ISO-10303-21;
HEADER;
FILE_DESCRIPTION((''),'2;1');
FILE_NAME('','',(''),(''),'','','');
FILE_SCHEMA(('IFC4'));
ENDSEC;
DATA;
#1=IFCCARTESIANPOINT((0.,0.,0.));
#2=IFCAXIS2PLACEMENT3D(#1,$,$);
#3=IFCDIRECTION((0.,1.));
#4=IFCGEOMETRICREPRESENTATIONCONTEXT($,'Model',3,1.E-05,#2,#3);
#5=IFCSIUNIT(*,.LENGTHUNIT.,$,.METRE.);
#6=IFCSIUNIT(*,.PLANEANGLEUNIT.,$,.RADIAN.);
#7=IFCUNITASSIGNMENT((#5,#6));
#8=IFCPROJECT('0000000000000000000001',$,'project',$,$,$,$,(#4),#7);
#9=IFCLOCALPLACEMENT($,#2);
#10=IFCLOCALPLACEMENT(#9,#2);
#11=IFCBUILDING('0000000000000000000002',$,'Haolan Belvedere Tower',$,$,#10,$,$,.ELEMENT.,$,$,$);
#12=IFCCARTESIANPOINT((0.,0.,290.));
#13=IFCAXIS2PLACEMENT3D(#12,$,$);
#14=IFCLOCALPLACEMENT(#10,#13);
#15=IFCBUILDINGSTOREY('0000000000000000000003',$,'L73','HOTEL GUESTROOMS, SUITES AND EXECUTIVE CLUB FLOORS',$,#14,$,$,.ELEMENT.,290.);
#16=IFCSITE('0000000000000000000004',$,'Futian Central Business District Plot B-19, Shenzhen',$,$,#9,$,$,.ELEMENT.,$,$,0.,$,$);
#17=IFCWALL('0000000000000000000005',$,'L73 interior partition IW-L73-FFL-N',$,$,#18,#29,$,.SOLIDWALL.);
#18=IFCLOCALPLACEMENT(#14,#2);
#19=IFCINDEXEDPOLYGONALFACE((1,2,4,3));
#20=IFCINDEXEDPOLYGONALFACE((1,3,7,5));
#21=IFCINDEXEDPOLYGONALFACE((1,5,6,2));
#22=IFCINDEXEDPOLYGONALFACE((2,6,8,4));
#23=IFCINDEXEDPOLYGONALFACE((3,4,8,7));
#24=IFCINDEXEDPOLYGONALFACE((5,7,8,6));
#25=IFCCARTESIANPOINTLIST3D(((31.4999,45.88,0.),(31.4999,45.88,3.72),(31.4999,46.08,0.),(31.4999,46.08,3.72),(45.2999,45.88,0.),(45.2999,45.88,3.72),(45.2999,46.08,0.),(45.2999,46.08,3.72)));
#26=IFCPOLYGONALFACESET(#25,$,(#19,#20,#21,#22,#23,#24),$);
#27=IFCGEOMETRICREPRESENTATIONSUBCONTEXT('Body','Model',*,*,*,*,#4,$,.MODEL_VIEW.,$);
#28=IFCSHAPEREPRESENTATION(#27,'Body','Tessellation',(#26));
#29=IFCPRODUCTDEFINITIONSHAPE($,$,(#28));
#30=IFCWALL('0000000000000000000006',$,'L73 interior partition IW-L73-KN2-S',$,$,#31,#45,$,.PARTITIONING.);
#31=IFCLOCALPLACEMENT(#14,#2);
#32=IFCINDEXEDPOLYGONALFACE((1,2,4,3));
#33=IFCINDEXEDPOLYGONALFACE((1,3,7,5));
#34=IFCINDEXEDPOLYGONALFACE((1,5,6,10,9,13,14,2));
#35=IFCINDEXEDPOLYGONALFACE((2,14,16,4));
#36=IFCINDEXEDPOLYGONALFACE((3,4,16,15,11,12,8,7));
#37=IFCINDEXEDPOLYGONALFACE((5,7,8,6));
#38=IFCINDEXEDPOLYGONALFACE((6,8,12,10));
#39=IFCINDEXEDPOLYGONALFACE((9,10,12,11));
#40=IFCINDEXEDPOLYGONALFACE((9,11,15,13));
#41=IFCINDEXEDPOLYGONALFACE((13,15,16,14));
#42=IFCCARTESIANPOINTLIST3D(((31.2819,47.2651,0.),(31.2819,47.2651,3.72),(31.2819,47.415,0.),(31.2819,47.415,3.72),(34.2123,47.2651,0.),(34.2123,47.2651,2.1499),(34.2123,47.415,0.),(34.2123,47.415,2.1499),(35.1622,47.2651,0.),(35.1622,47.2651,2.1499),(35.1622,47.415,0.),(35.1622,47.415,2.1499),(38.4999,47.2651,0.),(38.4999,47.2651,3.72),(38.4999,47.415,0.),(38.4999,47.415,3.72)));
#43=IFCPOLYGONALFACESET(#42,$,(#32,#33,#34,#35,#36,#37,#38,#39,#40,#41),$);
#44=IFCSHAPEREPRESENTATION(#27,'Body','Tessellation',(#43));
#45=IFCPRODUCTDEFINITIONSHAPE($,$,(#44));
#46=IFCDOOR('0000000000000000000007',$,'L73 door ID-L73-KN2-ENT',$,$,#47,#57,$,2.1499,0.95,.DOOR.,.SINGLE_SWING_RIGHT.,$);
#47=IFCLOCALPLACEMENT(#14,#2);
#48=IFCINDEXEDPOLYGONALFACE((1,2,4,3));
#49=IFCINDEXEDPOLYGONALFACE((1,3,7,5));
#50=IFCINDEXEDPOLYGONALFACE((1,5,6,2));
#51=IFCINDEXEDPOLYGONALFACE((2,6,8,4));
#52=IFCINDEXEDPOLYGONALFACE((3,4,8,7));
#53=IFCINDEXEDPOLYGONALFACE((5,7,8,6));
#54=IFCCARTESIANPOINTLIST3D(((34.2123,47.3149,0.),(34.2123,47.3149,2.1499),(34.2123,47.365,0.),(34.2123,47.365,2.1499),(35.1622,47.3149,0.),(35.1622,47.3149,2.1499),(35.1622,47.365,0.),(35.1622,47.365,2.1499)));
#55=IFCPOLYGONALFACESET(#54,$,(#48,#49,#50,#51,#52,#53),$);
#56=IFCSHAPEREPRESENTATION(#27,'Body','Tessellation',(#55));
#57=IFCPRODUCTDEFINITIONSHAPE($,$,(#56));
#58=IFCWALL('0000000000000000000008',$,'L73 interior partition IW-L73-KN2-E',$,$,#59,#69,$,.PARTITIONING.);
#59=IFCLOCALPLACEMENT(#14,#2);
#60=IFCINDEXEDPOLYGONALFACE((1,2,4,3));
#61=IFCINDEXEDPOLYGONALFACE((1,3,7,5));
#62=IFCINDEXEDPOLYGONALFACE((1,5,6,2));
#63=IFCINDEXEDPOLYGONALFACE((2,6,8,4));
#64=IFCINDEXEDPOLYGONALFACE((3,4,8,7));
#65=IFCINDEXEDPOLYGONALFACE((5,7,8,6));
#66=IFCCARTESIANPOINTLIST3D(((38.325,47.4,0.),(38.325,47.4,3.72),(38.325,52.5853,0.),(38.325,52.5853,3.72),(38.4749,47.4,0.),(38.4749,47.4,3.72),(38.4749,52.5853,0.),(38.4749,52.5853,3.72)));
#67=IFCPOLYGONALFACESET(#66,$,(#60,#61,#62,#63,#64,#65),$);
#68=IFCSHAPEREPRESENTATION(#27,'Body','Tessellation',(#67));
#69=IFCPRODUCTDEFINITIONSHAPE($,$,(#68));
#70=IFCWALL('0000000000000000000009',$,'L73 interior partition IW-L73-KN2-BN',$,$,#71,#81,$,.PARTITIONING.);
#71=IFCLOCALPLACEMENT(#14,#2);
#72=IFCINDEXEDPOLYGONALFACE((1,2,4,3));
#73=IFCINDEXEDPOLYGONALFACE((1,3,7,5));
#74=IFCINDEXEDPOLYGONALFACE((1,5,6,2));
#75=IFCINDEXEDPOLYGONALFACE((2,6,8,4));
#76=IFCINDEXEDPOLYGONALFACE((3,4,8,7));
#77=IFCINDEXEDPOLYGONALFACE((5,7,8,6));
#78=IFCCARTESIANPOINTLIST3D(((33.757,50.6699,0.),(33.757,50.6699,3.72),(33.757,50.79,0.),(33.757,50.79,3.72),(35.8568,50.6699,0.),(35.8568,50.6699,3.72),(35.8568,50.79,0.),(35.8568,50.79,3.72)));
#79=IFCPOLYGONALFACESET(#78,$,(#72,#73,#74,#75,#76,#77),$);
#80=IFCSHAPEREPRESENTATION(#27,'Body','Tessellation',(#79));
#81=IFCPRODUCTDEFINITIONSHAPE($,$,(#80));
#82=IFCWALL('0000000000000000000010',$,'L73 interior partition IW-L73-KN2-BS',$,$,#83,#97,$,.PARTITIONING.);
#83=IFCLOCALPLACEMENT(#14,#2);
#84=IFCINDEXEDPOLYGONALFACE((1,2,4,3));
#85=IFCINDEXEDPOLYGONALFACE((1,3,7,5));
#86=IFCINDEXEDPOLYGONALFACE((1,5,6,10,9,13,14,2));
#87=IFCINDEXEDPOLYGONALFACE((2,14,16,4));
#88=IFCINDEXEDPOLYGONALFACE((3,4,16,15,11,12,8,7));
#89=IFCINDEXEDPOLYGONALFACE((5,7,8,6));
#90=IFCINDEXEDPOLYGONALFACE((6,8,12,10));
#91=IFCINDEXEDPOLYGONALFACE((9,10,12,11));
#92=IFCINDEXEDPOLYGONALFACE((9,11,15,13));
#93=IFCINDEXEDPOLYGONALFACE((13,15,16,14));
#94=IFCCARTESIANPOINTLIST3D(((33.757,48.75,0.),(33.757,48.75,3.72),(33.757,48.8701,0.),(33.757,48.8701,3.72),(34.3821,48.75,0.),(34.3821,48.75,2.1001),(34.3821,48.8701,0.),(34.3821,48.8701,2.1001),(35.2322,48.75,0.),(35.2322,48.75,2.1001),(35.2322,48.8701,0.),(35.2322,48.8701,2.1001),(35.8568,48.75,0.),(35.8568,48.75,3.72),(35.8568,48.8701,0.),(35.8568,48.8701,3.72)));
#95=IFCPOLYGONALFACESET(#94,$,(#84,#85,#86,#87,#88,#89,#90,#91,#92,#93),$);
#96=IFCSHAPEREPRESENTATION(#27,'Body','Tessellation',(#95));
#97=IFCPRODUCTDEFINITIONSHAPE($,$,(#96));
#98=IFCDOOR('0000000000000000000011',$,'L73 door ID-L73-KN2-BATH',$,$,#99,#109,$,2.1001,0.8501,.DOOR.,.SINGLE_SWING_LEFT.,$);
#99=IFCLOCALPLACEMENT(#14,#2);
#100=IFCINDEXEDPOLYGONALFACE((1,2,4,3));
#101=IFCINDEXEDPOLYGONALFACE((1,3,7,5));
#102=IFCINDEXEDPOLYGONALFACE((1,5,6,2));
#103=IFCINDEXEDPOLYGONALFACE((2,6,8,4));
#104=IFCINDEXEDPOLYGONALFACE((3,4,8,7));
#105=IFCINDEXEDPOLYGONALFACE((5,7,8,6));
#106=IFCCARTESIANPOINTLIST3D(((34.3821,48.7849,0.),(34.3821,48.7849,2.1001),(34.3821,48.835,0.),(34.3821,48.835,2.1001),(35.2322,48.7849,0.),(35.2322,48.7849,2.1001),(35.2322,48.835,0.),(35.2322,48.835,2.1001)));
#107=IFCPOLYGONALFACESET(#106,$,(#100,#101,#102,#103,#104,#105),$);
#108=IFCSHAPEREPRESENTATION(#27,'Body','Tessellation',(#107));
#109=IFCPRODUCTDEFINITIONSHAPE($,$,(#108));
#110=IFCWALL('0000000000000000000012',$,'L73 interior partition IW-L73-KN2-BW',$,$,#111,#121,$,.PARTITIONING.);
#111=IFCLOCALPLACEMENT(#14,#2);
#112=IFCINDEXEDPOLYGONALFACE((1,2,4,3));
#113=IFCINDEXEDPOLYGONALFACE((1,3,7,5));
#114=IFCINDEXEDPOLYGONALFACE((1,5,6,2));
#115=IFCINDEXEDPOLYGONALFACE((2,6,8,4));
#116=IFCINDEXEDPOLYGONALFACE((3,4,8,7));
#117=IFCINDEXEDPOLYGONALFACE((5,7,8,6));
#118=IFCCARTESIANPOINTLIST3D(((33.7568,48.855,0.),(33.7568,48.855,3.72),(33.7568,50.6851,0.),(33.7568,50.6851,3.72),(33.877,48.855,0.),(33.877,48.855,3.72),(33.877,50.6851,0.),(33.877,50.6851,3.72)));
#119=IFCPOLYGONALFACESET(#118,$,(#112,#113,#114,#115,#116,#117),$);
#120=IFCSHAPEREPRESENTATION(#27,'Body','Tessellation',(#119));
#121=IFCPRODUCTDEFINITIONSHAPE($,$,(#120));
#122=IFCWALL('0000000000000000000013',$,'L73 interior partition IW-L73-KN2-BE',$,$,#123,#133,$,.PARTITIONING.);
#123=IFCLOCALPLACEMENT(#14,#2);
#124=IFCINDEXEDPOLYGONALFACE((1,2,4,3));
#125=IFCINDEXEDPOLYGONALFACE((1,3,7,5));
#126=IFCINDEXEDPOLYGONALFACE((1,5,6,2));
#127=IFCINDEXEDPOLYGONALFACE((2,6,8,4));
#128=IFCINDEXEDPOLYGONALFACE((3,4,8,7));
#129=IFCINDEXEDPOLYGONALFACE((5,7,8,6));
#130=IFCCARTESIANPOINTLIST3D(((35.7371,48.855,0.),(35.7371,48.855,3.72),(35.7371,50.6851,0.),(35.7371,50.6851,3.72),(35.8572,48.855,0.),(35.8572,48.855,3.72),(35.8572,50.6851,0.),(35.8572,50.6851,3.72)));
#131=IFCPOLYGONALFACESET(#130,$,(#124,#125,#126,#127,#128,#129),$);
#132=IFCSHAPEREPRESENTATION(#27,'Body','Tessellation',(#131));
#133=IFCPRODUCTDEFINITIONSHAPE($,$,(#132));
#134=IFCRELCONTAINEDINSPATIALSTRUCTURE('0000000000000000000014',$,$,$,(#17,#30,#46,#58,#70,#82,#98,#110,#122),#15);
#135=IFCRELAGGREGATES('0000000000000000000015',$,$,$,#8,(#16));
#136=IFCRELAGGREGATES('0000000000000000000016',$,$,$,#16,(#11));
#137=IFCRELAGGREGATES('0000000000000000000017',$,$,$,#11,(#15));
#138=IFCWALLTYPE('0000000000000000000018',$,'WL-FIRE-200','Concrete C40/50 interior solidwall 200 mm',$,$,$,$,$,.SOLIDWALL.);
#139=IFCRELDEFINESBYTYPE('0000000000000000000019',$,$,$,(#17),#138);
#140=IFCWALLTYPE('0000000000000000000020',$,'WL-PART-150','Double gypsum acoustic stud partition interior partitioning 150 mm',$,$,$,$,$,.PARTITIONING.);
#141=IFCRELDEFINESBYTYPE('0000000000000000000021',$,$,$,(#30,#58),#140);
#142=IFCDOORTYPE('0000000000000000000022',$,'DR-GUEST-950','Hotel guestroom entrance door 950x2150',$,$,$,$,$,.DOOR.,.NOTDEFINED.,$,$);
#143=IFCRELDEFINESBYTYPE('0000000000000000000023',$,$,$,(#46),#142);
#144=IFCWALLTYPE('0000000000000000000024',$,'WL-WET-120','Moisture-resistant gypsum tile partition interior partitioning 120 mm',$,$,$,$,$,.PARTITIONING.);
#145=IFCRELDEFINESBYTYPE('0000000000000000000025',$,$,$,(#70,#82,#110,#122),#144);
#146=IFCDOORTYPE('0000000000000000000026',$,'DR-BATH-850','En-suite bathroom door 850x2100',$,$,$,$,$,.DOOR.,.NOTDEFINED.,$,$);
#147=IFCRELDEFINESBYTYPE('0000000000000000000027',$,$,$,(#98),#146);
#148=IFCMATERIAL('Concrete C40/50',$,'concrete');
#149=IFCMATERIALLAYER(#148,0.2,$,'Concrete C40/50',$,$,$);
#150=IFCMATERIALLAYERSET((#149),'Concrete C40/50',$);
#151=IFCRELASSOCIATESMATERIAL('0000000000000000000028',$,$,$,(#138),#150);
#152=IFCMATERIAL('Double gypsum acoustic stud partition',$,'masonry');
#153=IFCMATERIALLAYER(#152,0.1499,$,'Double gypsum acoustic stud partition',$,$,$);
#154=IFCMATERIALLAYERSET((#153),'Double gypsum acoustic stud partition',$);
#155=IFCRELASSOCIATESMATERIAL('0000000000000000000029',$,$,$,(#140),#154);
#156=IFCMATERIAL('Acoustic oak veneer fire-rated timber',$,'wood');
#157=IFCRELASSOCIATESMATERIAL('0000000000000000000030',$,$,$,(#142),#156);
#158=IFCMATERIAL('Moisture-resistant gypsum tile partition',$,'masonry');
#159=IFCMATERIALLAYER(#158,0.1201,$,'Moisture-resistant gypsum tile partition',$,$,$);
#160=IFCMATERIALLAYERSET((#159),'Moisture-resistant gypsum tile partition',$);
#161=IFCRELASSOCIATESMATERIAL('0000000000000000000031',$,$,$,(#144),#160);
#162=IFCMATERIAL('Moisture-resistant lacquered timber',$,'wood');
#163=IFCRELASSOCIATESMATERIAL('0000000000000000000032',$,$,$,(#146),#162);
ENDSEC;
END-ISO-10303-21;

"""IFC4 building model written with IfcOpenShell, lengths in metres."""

from ifc_helpers import new_model, si_unit, direction, frame, frame_2d, origin, place, context, subcontext, project, spatial, rectangle, extrude, material, layer, layer_set, type_object, element, fill, save


model = new_model("IFC4")

# Units and contexts
model_context = context("Model", 3, precision=1e-05, world=origin(), true_north=direction((0.0, 1.0)))
body_context = subcontext(model_context, "Body", "Model", "MODEL_VIEW")
ifc_project = project(units=[si_unit("LENGTHUNIT", "METRE"), si_unit("PLANEANGLEUNIT", "RADIAN")], contexts=[model_context])

# Site, building, storey
site_placement = place(None, origin())
site = spatial("IfcSite", under=ifc_project, at=site_placement, Name="Futian Central Business District Plot B-19, Shenzhen", CompositionType="ELEMENT", RefElevation=0.0)
building_placement = place(site_placement, origin())
building = spatial("IfcBuilding", under=site, at=building_placement, Name="Haolan Belvedere Tower", CompositionType="ELEMENT")
storey_placement = place(building_placement, frame((0.0, 0.0, 290.0)))
storey = spatial("IfcBuildingStorey", under=building, at=storey_placement, Name="L73", Description="HOTEL GUESTROOMS, SUITES AND EXECUTIVE CLUB FLOORS", CompositionType="ELEMENT", Elevation=290.0)

# Wall
ifc_material_1 = material(Name="Concrete C40/50", Category="concrete")
ifc_layer_1 = layer(ifc_material_1, 0.2, Name="Concrete C40/50")
ifc_layer_set_1 = layer_set([ifc_layer_1], Name="Concrete C40/50")
wall_type_1 = type_object("IfcWallType", Name="WL-FIRE-200", Description="Concrete C40/50 interior solidwall 200 mm", PredefinedType="SOLIDWALL", material=ifc_layer_set_1)
wall_1_placement = place(storey_placement, frame((31.5, 45.98, 0.0), z_axis=(0.0, 0.0, 1.0), x_axis=(1.0, 0.0, 0.0)))
element("IfcWall", 1, at=wall_1_placement, inside=storey, type_object=wall_type_1, Name="L73 interior partition IW-L73-FFL-N", PredefinedType="SOLIDWALL", context=body_context, shape_type="SweptSolid", body=[
    extrude(rectangle(XDim=13.8, YDim=0.2, at=frame_2d((6.8999, 0.0))), origin(), (0.0, 0.0, 1.0), 3.72),
])

# Wall, opening, door
ifc_material_2 = material(Name="Double gypsum acoustic stud partition", Category="masonry")
ifc_layer_2 = layer(ifc_material_2, 0.1499, Name="Double gypsum acoustic stud partition")
ifc_layer_set_2 = layer_set([ifc_layer_2], Name="Double gypsum acoustic stud partition")
wall_type_2 = type_object("IfcWallType", Name="WL-PART-150", Description="Double gypsum acoustic stud partition interior partitioning 150 mm", PredefinedType="PARTITIONING", material=ifc_layer_set_2)
wall_2_placement = place(storey_placement, frame((31.282, 47.3401, 0.0), z_axis=(0.0, 0.0, 1.0), x_axis=(1.0, 0.0, 0.0)))
wall_2 = element("IfcWall", 2, at=wall_2_placement, inside=storey, type_object=wall_type_2, Name="L73 interior partition IW-L73-KN2-S", PredefinedType="PARTITIONING", context=body_context, shape_type="SweptSolid", body=[
    extrude(rectangle(XDim=7.218, YDim=0.1499, at=frame_2d((3.6089, 0.0))), origin(), (0.0, 0.0, 1.0), 3.72),
])
opening_1_placement = place(wall_2_placement, frame((2.9302, 0.0, 0.0)))
opening_1 = element("IfcOpeningElement", 3, at=opening_1_placement, cuts=wall_2, PredefinedType="OPENING", context=body_context, shape_type="SweptSolid", body=[
    extrude(rectangle(XDim=0.95, YDim=2.1499, at=frame_2d((0.4751, 1.075))), frame((0.0, 0.085, 0.0), z_axis=(0.0, -1.0, 0.0), x_axis=(1.0, 0.0, 0.0)), (0.0, 0.0, 1.0), 0.1699),
])
ifc_material_3 = material(Name="Acoustic oak veneer fire-rated timber", Category="wood")
door_type_1 = type_object("IfcDoorType", Name="DR-GUEST-950", Description="Hotel guestroom entrance door 950x2150", OperationType="NOTDEFINED", PredefinedType="DOOR", material=ifc_material_3)
door_1_placement = place(opening_1_placement, origin())
door_1 = element("IfcDoor", 4, at=door_1_placement, inside=storey, type_object=door_type_1, Name="L73 door ID-L73-KN2-ENT", OperationType="SINGLE_SWING_RIGHT", OverallHeight=2.1499, OverallWidth=0.95, PredefinedType="DOOR", context=body_context, shape_type="SweptSolid", body=[
    extrude(rectangle(XDim=0.95, YDim=2.1499, at=frame_2d((0.4751, 1.075))), frame((0.0, 0.0249, 0.0), z_axis=(0.0, -1.0, 0.0), x_axis=(1.0, 0.0, 0.0)), (0.0, 0.0, 1.0), 0.05),
])
fill(opening_1, door_1)

# Walls
wall_3_placement = place(storey_placement, frame((38.3999, 47.3999, 0.0), z_axis=(0.0, 0.0, 1.0), x_axis=(0.0, 1.0, 0.0)))
element("IfcWall", 5, at=wall_3_placement, inside=storey, type_object=wall_type_2, Name="L73 interior partition IW-L73-KN2-E", PredefinedType="PARTITIONING", context=body_context, shape_type="SweptSolid", body=[
    extrude(rectangle(XDim=5.1853, YDim=0.1499, at=frame_2d((2.5928, 0.0))), origin(), (0.0, 0.0, 1.0), 3.72),
])
ifc_material_4 = material(Name="Moisture-resistant gypsum tile partition", Category="masonry")
ifc_layer_3 = layer(ifc_material_4, 0.1201, Name="Moisture-resistant gypsum tile partition")
ifc_layer_set_3 = layer_set([ifc_layer_3], Name="Moisture-resistant gypsum tile partition")
wall_type_3 = type_object("IfcWallType", Name="WL-WET-120", Description="Moisture-resistant gypsum tile partition interior partitioning 120 mm", PredefinedType="PARTITIONING", material=ifc_layer_set_3)
wall_4_placement = place(storey_placement, frame((33.7571, 50.73, 0.0), z_axis=(0.0, 0.0, 1.0), x_axis=(1.0, 0.0, 0.0)))
element("IfcWall", 6, at=wall_4_placement, inside=storey, type_object=wall_type_3, Name="L73 interior partition IW-L73-KN2-BN", PredefinedType="PARTITIONING", context=body_context, shape_type="SweptSolid", body=[
    extrude(rectangle(XDim=2.0999, YDim=0.1201, at=frame_2d((1.0498, 0.0))), origin(), (0.0, 0.0, 1.0), 3.72),
])

# Wall, opening, door
wall_5_placement = place(storey_placement, frame((33.7571, 48.8101, 0.0), z_axis=(0.0, 0.0, 1.0), x_axis=(1.0, 0.0, 0.0)))
wall_5 = element("IfcWall", 7, at=wall_5_placement, inside=storey, type_object=wall_type_3, Name="L73 interior partition IW-L73-KN2-BS", PredefinedType="PARTITIONING", context=body_context, shape_type="SweptSolid", body=[
    extrude(rectangle(XDim=2.0999, YDim=0.1201, at=frame_2d((1.0498, 0.0))), origin(), (0.0, 0.0, 1.0), 3.72),
])
opening_2_placement = place(wall_5_placement, frame((0.625, 0.0, 0.0)))
opening_2 = element("IfcOpeningElement", 8, at=opening_2_placement, cuts=wall_5, PredefinedType="OPENING", context=body_context, shape_type="SweptSolid", body=[
    extrude(rectangle(XDim=0.8501, YDim=2.1001, at=frame_2d((0.425, 1.05))), frame((0.0, 0.0701, 0.0), z_axis=(0.0, -1.0, 0.0), x_axis=(1.0, 0.0, 0.0)), (0.0, 0.0, 1.0), 0.1401),
])
ifc_material_5 = material(Name="Moisture-resistant lacquered timber", Category="wood")
door_type_2 = type_object("IfcDoorType", Name="DR-BATH-850", Description="En-suite bathroom door 850x2100", OperationType="NOTDEFINED", PredefinedType="DOOR", material=ifc_material_5)
door_2_placement = place(opening_2_placement, origin())
door_2 = element("IfcDoor", 9, at=door_2_placement, inside=storey, type_object=door_type_2, Name="L73 door ID-L73-KN2-BATH", OperationType="SINGLE_SWING_LEFT", OverallHeight=2.1001, OverallWidth=0.8501, PredefinedType="DOOR", context=body_context, shape_type="SweptSolid", body=[
    extrude(rectangle(XDim=0.8501, YDim=2.1001, at=frame_2d((0.425, 1.05))), frame((0.0, 0.0249, 0.0), z_axis=(0.0, -1.0, 0.0), x_axis=(1.0, 0.0, 0.0)), (0.0, 0.0, 1.0), 0.05),
])
fill(opening_2, door_2)

# Walls
for number, where, z_axis, x_axis, name in (
    (10, (33.8169, 48.855, 0.0), (0.0, 0.0, 1.0), (0.0, 1.0, 0.0), "L73 interior partition IW-L73-KN2-BW"),
    (11, (35.7971, 48.855, 0.0), (0.0, 0.0, 1.0), (0.0, 1.0, 0.0), "L73 interior partition IW-L73-KN2-BE"),
):
    element("IfcWall", number, at=place(storey_placement, frame(where, z_axis=z_axis, x_axis=x_axis)), inside=storey, type_object=wall_type_3, Name=name, PredefinedType="PARTITIONING", context=body_context, shape_type="SweptSolid", body=[
        extrude(rectangle(XDim=1.8301, YDim=0.1201, at=frame_2d((0.915, 0.0))), origin(), (0.0, 0.0, 1.0), 3.72),
    ])

save(model, "model.ifc")
